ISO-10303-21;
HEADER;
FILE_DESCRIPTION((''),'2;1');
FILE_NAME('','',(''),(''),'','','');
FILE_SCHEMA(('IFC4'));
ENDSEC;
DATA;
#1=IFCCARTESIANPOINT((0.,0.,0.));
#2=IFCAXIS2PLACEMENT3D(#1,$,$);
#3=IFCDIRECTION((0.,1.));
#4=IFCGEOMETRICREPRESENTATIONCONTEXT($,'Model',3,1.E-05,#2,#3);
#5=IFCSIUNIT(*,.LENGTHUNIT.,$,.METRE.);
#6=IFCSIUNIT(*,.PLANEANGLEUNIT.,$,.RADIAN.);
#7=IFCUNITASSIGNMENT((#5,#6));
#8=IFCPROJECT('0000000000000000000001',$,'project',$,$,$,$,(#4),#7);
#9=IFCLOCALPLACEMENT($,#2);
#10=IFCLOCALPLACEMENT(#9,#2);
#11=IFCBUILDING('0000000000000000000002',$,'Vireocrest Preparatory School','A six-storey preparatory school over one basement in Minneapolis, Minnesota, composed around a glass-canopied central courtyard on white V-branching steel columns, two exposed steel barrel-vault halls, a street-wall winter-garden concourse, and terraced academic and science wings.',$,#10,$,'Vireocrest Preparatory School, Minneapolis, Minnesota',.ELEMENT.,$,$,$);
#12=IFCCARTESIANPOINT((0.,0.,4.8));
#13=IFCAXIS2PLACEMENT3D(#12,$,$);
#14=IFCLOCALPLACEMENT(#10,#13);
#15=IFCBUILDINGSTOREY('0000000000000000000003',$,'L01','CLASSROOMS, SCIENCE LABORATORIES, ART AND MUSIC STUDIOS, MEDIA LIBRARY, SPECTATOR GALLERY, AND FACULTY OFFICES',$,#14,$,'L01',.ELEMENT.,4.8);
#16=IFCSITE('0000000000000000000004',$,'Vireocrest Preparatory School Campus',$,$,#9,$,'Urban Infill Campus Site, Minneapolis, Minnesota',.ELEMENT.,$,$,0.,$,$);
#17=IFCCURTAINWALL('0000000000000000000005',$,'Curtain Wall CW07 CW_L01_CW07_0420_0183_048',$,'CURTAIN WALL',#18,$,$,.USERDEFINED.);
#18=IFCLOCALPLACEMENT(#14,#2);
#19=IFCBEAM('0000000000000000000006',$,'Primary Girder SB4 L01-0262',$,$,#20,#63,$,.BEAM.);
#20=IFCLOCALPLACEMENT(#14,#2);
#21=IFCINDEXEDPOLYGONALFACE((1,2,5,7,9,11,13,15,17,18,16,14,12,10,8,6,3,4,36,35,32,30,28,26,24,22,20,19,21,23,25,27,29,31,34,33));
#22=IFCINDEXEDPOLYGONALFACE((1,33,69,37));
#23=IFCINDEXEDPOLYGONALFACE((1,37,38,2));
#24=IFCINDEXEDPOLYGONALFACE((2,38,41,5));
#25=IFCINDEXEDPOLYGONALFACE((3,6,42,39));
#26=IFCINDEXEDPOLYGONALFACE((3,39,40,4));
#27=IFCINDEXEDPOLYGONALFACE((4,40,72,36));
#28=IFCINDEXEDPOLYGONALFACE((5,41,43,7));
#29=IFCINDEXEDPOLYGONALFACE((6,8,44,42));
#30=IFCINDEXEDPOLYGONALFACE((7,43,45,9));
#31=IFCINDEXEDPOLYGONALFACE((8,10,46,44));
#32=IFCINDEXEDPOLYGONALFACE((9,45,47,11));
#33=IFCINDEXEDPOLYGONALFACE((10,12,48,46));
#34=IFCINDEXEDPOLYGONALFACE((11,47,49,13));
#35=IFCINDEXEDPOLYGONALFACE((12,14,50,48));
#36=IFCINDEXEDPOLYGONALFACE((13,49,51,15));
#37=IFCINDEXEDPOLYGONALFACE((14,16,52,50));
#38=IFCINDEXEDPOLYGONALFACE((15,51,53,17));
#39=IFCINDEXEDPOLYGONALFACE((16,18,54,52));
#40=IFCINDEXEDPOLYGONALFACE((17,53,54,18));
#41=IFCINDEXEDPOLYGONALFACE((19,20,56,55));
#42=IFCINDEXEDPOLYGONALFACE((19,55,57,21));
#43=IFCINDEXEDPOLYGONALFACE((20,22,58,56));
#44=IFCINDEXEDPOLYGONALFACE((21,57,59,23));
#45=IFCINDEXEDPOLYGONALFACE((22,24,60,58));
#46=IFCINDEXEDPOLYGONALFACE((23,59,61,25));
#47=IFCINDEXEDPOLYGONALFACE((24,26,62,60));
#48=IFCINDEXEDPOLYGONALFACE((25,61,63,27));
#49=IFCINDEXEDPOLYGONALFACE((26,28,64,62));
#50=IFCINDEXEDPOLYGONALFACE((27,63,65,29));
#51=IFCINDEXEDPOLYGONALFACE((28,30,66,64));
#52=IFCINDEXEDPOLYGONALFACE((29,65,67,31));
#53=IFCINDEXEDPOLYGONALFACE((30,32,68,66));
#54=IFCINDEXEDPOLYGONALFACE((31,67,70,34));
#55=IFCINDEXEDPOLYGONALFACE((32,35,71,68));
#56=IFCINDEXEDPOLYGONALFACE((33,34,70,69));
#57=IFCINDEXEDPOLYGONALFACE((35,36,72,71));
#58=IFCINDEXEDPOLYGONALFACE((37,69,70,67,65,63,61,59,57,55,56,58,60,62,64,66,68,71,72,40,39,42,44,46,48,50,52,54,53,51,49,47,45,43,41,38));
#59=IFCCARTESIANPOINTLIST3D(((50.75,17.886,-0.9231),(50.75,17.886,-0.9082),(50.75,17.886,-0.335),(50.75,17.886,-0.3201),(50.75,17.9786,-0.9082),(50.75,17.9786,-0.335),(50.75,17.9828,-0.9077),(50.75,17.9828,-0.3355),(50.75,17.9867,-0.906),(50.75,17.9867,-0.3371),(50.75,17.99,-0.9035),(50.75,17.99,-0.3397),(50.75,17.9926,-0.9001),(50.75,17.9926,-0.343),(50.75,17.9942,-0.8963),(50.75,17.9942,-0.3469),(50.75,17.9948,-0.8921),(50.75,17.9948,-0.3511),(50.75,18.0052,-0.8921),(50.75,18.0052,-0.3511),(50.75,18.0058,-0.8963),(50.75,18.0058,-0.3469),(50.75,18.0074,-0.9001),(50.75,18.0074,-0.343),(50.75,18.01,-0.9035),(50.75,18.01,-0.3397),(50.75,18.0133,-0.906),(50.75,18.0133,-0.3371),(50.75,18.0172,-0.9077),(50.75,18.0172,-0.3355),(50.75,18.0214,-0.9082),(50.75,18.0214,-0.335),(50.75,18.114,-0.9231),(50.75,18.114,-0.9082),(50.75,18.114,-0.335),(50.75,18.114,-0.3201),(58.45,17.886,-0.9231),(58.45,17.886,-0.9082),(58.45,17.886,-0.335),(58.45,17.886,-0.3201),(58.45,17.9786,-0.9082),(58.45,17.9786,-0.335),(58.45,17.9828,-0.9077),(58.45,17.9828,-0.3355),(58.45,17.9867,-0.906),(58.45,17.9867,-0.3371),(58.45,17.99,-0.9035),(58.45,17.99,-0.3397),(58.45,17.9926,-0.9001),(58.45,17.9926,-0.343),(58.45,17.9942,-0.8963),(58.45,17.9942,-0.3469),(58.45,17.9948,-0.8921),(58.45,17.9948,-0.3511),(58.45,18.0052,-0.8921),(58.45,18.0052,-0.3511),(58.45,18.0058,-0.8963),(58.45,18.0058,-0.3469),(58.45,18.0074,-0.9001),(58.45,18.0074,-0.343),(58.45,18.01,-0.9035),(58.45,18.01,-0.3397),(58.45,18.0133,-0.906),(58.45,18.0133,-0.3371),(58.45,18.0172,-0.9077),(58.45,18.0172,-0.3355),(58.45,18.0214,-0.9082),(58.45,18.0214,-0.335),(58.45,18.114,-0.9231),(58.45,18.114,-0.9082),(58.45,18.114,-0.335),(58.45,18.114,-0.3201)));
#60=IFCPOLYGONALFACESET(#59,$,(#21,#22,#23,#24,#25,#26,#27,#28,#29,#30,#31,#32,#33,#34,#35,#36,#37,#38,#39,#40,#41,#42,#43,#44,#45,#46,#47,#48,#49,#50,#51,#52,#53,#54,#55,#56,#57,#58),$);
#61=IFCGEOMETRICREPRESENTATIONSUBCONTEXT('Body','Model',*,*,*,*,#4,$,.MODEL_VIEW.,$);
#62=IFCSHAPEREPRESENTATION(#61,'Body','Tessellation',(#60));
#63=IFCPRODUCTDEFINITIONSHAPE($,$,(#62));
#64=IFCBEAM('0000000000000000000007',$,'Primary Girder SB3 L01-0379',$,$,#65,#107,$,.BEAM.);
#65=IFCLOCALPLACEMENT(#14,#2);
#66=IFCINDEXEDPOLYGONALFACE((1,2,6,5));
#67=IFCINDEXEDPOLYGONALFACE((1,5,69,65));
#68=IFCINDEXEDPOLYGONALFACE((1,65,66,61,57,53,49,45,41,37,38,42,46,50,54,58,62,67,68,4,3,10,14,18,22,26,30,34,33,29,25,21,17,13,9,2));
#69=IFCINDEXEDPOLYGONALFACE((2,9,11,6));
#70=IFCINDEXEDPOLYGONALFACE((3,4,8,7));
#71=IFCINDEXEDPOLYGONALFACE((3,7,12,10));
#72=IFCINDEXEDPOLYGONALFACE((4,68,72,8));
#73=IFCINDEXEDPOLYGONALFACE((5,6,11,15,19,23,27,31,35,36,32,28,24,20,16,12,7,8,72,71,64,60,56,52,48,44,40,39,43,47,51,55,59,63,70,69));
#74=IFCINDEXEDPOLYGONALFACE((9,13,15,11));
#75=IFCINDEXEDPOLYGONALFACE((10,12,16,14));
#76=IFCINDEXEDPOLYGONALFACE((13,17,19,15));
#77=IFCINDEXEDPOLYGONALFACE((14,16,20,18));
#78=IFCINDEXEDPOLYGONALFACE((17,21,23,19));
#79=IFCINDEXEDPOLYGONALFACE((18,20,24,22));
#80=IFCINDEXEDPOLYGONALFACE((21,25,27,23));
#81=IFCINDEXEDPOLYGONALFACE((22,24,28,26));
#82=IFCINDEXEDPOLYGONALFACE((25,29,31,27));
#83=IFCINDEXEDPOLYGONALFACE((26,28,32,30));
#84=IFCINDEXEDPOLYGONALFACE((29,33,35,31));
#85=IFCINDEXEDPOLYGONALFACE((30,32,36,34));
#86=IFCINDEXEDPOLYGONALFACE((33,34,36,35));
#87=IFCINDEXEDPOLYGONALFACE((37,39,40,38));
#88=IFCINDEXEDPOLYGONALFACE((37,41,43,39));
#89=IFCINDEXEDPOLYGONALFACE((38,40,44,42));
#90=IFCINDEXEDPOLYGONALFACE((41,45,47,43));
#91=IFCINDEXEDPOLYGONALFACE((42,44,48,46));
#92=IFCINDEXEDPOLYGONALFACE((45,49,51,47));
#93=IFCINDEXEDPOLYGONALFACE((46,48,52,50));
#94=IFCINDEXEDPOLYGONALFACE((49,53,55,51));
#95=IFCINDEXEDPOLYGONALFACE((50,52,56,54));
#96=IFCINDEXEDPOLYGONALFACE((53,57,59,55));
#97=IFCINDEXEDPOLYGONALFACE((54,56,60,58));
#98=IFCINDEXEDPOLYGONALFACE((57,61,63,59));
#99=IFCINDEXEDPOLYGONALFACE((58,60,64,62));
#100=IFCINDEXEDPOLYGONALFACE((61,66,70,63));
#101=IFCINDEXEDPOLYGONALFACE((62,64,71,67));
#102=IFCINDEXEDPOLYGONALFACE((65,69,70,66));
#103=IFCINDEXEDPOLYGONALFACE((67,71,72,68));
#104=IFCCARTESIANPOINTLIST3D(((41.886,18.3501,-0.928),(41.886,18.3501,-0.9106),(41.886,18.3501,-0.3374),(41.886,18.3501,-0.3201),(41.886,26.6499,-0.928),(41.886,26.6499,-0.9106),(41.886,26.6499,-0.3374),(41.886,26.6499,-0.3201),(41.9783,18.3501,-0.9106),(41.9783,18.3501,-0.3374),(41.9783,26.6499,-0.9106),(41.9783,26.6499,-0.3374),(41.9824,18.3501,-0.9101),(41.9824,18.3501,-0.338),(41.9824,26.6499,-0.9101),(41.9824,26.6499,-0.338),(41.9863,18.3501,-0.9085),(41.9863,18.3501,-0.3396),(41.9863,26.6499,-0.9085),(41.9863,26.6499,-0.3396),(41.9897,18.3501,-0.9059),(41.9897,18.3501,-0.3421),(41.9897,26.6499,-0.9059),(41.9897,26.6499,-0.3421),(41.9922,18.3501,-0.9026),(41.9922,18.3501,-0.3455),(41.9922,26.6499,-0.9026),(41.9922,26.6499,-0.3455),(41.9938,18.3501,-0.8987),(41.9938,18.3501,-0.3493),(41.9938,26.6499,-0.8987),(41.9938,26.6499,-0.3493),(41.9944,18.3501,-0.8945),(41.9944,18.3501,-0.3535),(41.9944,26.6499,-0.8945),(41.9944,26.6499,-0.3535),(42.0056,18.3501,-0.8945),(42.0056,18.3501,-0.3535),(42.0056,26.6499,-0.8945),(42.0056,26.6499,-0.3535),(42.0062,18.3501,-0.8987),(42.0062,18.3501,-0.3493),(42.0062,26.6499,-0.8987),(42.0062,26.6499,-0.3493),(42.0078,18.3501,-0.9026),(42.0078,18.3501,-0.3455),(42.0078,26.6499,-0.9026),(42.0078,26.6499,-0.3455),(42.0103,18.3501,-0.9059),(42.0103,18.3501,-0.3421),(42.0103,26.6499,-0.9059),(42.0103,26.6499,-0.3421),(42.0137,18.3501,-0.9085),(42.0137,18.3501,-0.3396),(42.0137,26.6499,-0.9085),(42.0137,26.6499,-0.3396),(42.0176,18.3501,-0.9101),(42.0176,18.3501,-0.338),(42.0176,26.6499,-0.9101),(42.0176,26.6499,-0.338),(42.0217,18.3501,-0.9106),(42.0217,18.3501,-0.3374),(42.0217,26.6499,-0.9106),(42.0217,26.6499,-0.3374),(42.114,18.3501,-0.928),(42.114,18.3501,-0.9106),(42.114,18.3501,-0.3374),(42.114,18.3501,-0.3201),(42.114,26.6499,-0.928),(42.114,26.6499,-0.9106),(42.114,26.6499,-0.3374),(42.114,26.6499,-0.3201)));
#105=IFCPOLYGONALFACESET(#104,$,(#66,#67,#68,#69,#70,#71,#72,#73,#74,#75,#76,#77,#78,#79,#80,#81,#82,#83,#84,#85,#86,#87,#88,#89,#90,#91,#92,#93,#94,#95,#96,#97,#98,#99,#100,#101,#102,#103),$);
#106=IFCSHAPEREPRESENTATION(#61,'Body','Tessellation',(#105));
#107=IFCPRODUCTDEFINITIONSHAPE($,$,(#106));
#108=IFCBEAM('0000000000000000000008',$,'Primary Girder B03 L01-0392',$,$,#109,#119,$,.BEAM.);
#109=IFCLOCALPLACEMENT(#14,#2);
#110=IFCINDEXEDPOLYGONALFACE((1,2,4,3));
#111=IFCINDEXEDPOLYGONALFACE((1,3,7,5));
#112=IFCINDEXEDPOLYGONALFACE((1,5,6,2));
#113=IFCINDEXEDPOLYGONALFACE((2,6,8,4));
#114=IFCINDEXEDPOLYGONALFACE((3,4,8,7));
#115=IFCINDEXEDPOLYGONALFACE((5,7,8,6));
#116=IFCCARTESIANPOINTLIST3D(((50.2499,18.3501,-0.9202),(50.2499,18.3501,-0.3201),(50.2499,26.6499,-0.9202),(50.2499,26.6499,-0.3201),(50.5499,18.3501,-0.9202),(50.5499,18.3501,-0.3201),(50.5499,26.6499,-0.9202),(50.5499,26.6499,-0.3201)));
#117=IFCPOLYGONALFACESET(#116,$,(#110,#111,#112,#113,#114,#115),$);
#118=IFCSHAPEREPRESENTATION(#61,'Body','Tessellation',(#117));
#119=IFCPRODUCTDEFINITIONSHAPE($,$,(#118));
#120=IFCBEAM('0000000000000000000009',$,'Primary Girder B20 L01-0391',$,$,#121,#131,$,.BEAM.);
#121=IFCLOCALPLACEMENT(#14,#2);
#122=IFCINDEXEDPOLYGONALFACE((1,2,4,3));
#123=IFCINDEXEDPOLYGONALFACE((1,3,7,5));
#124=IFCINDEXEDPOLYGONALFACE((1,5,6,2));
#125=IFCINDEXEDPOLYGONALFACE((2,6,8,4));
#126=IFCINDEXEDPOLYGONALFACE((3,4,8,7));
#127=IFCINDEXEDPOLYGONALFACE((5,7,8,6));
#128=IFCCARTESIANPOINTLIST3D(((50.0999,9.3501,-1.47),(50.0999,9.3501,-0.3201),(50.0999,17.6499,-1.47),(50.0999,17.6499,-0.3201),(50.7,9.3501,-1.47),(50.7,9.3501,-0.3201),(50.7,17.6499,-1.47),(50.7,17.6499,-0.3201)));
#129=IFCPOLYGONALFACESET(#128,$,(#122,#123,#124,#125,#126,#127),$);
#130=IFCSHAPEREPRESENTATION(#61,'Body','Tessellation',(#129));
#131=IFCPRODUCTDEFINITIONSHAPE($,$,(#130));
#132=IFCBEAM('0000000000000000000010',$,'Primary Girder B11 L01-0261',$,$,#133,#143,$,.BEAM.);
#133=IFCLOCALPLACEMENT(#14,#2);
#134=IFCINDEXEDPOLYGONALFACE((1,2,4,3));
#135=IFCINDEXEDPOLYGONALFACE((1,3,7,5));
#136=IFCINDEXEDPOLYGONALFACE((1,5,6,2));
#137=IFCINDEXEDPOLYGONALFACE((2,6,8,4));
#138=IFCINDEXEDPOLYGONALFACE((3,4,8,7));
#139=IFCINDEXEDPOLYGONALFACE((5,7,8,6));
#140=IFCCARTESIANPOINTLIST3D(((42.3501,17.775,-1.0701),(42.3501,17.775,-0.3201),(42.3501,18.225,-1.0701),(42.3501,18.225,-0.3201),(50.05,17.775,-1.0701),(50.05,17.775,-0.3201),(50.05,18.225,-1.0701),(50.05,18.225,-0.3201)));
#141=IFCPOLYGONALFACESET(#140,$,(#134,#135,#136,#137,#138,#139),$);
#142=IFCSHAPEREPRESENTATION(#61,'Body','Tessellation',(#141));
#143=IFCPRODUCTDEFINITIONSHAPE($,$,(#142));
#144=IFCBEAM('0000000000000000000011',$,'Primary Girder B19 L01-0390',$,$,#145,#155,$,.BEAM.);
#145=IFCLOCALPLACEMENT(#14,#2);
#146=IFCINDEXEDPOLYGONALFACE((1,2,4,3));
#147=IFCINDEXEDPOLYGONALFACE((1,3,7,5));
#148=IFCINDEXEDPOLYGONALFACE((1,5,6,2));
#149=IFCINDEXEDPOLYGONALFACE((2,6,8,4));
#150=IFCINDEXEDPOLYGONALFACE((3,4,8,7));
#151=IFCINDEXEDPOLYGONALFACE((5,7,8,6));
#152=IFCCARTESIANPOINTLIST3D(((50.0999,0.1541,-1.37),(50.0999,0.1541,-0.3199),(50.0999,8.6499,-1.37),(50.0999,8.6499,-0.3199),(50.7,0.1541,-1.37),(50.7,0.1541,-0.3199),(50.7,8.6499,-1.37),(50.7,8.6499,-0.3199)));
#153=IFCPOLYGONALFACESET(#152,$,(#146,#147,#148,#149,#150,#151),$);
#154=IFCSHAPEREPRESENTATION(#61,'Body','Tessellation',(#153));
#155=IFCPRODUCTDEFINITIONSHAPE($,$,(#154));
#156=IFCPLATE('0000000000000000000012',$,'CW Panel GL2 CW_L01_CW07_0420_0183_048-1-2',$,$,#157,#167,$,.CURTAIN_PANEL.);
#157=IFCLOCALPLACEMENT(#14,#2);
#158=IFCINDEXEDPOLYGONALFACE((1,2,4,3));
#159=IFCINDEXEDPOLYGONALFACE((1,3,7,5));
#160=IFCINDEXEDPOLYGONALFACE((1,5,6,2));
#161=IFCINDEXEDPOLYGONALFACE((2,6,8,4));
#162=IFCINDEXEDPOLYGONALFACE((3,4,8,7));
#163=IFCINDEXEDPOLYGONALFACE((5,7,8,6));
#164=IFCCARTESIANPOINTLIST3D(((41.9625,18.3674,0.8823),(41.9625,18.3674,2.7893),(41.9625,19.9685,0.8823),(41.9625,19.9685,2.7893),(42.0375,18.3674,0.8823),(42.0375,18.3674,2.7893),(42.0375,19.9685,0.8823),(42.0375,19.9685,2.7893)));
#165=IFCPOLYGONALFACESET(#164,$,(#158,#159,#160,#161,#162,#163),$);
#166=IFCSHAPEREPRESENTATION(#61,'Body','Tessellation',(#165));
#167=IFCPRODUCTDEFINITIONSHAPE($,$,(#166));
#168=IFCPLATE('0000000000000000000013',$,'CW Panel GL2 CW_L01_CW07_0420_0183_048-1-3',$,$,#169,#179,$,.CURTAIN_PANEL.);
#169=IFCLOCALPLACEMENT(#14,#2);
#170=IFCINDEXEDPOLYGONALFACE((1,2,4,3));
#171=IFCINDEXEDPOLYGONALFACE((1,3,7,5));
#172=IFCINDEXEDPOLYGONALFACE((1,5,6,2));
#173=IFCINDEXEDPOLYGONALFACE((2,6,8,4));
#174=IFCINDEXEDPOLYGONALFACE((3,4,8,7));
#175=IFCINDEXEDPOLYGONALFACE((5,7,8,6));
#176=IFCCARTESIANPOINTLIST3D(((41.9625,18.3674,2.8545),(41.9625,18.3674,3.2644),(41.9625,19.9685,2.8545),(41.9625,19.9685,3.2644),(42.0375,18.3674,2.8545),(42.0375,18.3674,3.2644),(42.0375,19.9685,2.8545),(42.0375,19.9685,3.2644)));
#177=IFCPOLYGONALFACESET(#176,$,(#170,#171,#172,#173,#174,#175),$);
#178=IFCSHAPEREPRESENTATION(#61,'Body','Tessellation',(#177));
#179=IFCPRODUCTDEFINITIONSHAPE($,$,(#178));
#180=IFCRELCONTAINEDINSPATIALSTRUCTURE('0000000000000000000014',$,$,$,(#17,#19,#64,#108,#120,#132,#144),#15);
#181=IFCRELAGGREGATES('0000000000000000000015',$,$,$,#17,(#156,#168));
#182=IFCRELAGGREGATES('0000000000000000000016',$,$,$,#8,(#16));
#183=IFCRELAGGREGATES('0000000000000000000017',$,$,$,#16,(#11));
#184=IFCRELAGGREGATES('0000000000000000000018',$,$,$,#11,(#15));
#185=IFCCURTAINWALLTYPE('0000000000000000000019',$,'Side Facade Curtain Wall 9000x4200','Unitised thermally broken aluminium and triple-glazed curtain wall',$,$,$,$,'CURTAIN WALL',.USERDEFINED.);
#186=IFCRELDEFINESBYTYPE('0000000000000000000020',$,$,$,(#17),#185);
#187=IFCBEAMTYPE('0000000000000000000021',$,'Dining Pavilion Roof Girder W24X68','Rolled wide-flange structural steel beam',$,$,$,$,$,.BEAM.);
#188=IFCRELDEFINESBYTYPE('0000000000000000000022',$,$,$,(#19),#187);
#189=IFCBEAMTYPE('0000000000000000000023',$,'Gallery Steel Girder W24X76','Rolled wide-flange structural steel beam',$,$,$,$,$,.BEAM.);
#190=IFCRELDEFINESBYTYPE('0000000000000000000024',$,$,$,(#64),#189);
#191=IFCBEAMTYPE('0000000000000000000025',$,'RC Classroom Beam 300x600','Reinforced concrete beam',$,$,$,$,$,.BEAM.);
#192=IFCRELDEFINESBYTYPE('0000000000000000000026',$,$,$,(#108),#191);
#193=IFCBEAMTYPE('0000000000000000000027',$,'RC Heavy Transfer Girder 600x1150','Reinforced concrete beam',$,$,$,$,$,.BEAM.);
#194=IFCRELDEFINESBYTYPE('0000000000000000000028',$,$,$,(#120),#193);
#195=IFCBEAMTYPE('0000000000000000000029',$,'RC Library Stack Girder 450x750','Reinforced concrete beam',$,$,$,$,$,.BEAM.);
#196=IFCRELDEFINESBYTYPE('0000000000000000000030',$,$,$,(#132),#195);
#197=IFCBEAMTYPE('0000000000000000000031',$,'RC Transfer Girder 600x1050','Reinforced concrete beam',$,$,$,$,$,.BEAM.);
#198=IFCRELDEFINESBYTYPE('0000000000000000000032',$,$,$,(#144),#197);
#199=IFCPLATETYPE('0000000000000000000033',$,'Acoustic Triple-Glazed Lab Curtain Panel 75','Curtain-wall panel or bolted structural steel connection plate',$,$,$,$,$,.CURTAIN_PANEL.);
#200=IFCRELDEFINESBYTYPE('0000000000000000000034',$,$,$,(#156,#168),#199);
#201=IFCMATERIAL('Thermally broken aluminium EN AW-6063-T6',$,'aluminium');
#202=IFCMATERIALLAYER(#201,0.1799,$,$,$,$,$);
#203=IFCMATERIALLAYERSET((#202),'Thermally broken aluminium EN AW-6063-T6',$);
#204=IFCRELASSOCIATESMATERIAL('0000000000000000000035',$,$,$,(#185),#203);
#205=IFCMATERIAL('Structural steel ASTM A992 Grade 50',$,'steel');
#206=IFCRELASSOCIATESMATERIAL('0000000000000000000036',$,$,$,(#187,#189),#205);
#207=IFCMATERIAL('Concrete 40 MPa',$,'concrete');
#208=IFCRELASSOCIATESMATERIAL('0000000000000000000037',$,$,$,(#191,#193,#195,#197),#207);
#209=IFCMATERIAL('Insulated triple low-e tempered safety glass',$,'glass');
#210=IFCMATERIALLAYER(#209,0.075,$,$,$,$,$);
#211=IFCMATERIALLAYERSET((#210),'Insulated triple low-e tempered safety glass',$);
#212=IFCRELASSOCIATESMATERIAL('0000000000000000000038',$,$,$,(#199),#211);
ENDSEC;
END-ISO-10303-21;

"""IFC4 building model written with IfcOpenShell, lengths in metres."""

from ifc_helpers import new_model, si_unit, direction, frame, origin, origin_2d, place, context, subcontext, project, spatial, rectangle, i_section, extrude, material, layer, layer_set, material_profile, profile_set, type_object, element, aggregate, save


model = new_model("IFC4")

# Units and contexts
model_context = context("Model", 3, precision=1e-05, world=origin(), true_north=direction((0.0, 1.0)))
body_context = subcontext(model_context, "Body", "Model", "MODEL_VIEW")
ifc_project = project(units=[si_unit("LENGTHUNIT", "METRE"), si_unit("PLANEANGLEUNIT", "RADIAN")], contexts=[model_context])

# Site, building, storey
site_placement = place(None, origin())
site = spatial("IfcSite", under=ifc_project, at=site_placement, Name="Vireocrest Preparatory School Campus", LongName="Urban Infill Campus Site, Minneapolis, Minnesota", CompositionType="ELEMENT", RefElevation=0.0)
building_placement = place(site_placement, origin())
building = spatial("IfcBuilding", under=site, at=building_placement, Name="Vireocrest Preparatory School", Description="A six-storey preparatory school over one basement in Minneapolis, Minnesota, composed around a glass-canopied central courtyard on white V-branching steel columns, two exposed steel barrel-vault halls, a street-wall winter-garden concourse, and terraced academic and science wings.", LongName="Vireocrest Preparatory School, Minneapolis, Minnesota", CompositionType="ELEMENT")
storey_placement = place(building_placement, frame((0.0, 0.0, 4.8)))
storey = spatial("IfcBuildingStorey", under=building, at=storey_placement, Name="L01", Description="CLASSROOMS, SCIENCE LABORATORIES, ART AND MUSIC STUDIOS, MEDIA LIBRARY, SPECTATOR GALLERY, AND FACULTY OFFICES", LongName="L01", CompositionType="ELEMENT", Elevation=4.8)

# Curtain wall
ifc_material_1 = material(Name="Thermally broken aluminium EN AW-6063-T6", Category="aluminium")
ifc_layer_1 = layer(ifc_material_1, 0.1799)
ifc_layer_set_1 = layer_set([ifc_layer_1], Name="Thermally broken aluminium EN AW-6063-T6")
curtain_wall_type = type_object("IfcCurtainWallType", Name="Side Facade Curtain Wall 9000x4200", Description="Unitised thermally broken aluminium and triple-glazed curtain wall", ElementType="CURTAIN WALL", PredefinedType="USERDEFINED", material=ifc_layer_set_1)
curtain_wall_placement = place(storey_placement, origin())
curtain_wall = element("IfcCurtainWall", 1, at=curtain_wall_placement, inside=storey, type_object=curtain_wall_type, Name="Curtain Wall CW07 CW_L01_CW07_0420_0183_048", ObjectType="CURTAIN WALL", PredefinedType="USERDEFINED")

# Beams
ifc_material_2 = material(Name="Structural steel ASTM A992 Grade 50", Category="steel")
ifc_material_profile_1 = material_profile(ifc_material_2, i_section(OverallWidth=0.228, OverallDepth=0.603, WebThickness=0.0105, FlangeThickness=0.0149, FilletRadius=0.0161, at=origin_2d()), Name="W24X68")
ifc_profile_set_1 = profile_set([ifc_material_profile_1], Name="Structural steel ASTM A992 Grade 50")
beam_type_1 = type_object("IfcBeamType", Name="Dining Pavilion Roof Girder W24X68", Description="Rolled wide-flange structural steel beam", PredefinedType="BEAM", material=ifc_profile_set_1)
beam_1_placement = place(storey_placement, frame((50.75, 18.0, -0.6216), z_axis=(1.0, 0.0, 0.0), x_axis=(0.0, 1.0, 0.0)))
element("IfcBeam", 2, at=beam_1_placement, inside=storey, type_object=beam_type_1, Name="Primary Girder SB4 L01-0262", PredefinedType="BEAM", context=body_context, shape_type="SweptSolid", body=[
    extrude(i_section(OverallWidth=0.228, OverallDepth=0.603, WebThickness=0.0105, FlangeThickness=0.0149, FilletRadius=0.0161, at=origin_2d()), origin(), (0.0, 0.0, 1.0), 7.7),
])
ifc_material_profile_2 = material_profile(ifc_material_2, i_section(OverallWidth=0.228, OverallDepth=0.6079, WebThickness=0.0112, FlangeThickness=0.0173, FilletRadius=0.0161, at=origin_2d()), Name="W24X76")
ifc_profile_set_2 = profile_set([ifc_material_profile_2], Name="Structural steel ASTM A992 Grade 50")
beam_type_2 = type_object("IfcBeamType", Name="Gallery Steel Girder W24X76", Description="Rolled wide-flange structural steel beam", PredefinedType="BEAM", material=ifc_profile_set_2)
beam_2_placement = place(storey_placement, frame((42.0, 18.3501, -0.624), z_axis=(0.0, 1.0, 0.0), x_axis=(-1.0, 0.0, 0.0)))
element("IfcBeam", 3, at=beam_2_placement, inside=storey, type_object=beam_type_2, Name="Primary Girder SB3 L01-0379", PredefinedType="BEAM", context=body_context, shape_type="SweptSolid", body=[
    extrude(i_section(OverallWidth=0.228, OverallDepth=0.6079, WebThickness=0.0112, FlangeThickness=0.0173, FilletRadius=0.0161, at=origin_2d()), origin(), (0.0, 0.0, 1.0), 8.2998),
])
ifc_material_3 = material(Name="Concrete 40 MPa", Category="concrete")
ifc_material_profile_3 = material_profile(ifc_material_3, rectangle(XDim=0.3, YDim=0.6001, at=origin_2d()), Name="RC 300x600")
ifc_profile_set_3 = profile_set([ifc_material_profile_3], Name="Concrete 40 MPa")
beam_type_3 = type_object("IfcBeamType", Name="RC Classroom Beam 300x600", Description="Reinforced concrete beam", PredefinedType="BEAM", material=ifc_profile_set_3)
beam_3_placement = place(storey_placement, frame((50.3999, 18.3501, -0.6201), z_axis=(0.0, 1.0, 0.0), x_axis=(-1.0, 0.0, 0.0)))
element("IfcBeam", 4, at=beam_3_placement, inside=storey, type_object=beam_type_3, Name="Primary Girder B03 L01-0392", PredefinedType="BEAM", context=body_context, shape_type="SweptSolid", body=[
    extrude(rectangle(XDim=0.3, YDim=0.6001, at=origin_2d()), origin(), (0.0, 0.0, 1.0), 8.2998),
])
ifc_material_profile_4 = material_profile(ifc_material_3, rectangle(XDim=0.6001, YDim=1.1499, at=origin_2d()), Name="RC 600x1150")
ifc_profile_set_4 = profile_set([ifc_material_profile_4], Name="Concrete 40 MPa")
beam_type_4 = type_object("IfcBeamType", Name="RC Heavy Transfer Girder 600x1150", Description="Reinforced concrete beam", PredefinedType="BEAM", material=ifc_profile_set_4)
beam_4_placement = place(storey_placement, frame((50.3999, 9.3501, -0.895), z_axis=(0.0, 1.0, 0.0), x_axis=(-1.0, 0.0, 0.0)))
element("IfcBeam", 5, at=beam_4_placement, inside=storey, type_object=beam_type_4, Name="Primary Girder B20 L01-0391", PredefinedType="BEAM", context=body_context, shape_type="SweptSolid", body=[
    extrude(rectangle(XDim=0.6001, YDim=1.1499, at=origin_2d()), origin(), (0.0, 0.0, 1.0), 8.2998),
])
ifc_material_profile_5 = material_profile(ifc_material_3, rectangle(XDim=0.45, YDim=0.75, at=origin_2d()), Name="RC 450x750")
ifc_profile_set_5 = profile_set([ifc_material_profile_5], Name="Concrete 40 MPa")
beam_type_5 = type_object("IfcBeamType", Name="RC Library Stack Girder 450x750", Description="Reinforced concrete beam", PredefinedType="BEAM", material=ifc_profile_set_5)
beam_5_placement = place(storey_placement, frame((42.3501, 18.0, -0.6951), z_axis=(1.0, 0.0, 0.0), x_axis=(0.0, 1.0, 0.0)))
element("IfcBeam", 6, at=beam_5_placement, inside=storey, type_object=beam_type_5, Name="Primary Girder B11 L01-0261", PredefinedType="BEAM", context=body_context, shape_type="SweptSolid", body=[
    extrude(rectangle(XDim=0.45, YDim=0.75, at=origin_2d()), origin(), (0.0, 0.0, 1.0), 7.7),
])
ifc_material_profile_6 = material_profile(ifc_material_3, rectangle(XDim=0.6001, YDim=1.05, at=origin_2d()), Name="RC 600x1050")
ifc_profile_set_6 = profile_set([ifc_material_profile_6], Name="Concrete 40 MPa")
beam_type_6 = type_object("IfcBeamType", Name="RC Transfer Girder 600x1050", Description="Reinforced concrete beam", PredefinedType="BEAM", material=ifc_profile_set_6)
beam_6_placement = place(storey_placement, frame((50.3999, 0.1541, -0.845), z_axis=(0.0, 1.0, 0.0), x_axis=(-1.0, 0.0, 0.0)))
element("IfcBeam", 7, at=beam_6_placement, inside=storey, type_object=beam_type_6, Name="Primary Girder B19 L01-0390", PredefinedType="BEAM", context=body_context, shape_type="SweptSolid", body=[
    extrude(rectangle(XDim=0.6001, YDim=1.05, at=origin_2d()), origin(), (0.0, 0.0, 1.0), 8.4958),
])

# Plates
ifc_material_4 = material(Name="Insulated triple low-e tempered safety glass", Category="glass")
ifc_layer_2 = layer(ifc_material_4, 0.075)
ifc_layer_set_2 = layer_set([ifc_layer_2], Name="Insulated triple low-e tempered safety glass")
plate_type_1 = type_object("IfcPlateType", Name="Acoustic Triple-Glazed Lab Curtain Panel 75", Description="Curtain-wall panel or bolted structural steel connection plate", PredefinedType="CURTAIN_PANEL", material=ifc_layer_set_2)
plate_1_placement = place(storey_placement, frame((42.0, 19.168, 0.8823), z_axis=(0.0, 0.0, 1.0), x_axis=(0.0, 1.0, 0.0)))
plate_1 = element("IfcPlate", 8, at=plate_1_placement, type_object=plate_type_1, Name="CW Panel GL2 CW_L01_CW07_0420_0183_048-1-2", PredefinedType="CURTAIN_PANEL", context=body_context, shape_type="SweptSolid", body=[
    extrude(rectangle(XDim=1.6011, YDim=0.075, at=origin_2d()), origin(), (0.0, 0.0, 1.0), 1.907),
])
plate_2_placement = place(storey_placement, frame((42.0, 19.168, 2.8545), z_axis=(0.0, 0.0, 1.0), x_axis=(0.0, 1.0, 0.0)))
plate_2 = element("IfcPlate", 9, at=plate_2_placement, type_object=plate_type_1, Name="CW Panel GL2 CW_L01_CW07_0420_0183_048-1-3", PredefinedType="CURTAIN_PANEL", context=body_context, shape_type="SweptSolid", body=[
    extrude(rectangle(XDim=1.6011, YDim=0.075, at=origin_2d()), origin(), (0.0, 0.0, 1.0), 0.4099),
])
aggregate(curtain_wall, [plate_1, plate_2])

save(model, "model.ifc")
